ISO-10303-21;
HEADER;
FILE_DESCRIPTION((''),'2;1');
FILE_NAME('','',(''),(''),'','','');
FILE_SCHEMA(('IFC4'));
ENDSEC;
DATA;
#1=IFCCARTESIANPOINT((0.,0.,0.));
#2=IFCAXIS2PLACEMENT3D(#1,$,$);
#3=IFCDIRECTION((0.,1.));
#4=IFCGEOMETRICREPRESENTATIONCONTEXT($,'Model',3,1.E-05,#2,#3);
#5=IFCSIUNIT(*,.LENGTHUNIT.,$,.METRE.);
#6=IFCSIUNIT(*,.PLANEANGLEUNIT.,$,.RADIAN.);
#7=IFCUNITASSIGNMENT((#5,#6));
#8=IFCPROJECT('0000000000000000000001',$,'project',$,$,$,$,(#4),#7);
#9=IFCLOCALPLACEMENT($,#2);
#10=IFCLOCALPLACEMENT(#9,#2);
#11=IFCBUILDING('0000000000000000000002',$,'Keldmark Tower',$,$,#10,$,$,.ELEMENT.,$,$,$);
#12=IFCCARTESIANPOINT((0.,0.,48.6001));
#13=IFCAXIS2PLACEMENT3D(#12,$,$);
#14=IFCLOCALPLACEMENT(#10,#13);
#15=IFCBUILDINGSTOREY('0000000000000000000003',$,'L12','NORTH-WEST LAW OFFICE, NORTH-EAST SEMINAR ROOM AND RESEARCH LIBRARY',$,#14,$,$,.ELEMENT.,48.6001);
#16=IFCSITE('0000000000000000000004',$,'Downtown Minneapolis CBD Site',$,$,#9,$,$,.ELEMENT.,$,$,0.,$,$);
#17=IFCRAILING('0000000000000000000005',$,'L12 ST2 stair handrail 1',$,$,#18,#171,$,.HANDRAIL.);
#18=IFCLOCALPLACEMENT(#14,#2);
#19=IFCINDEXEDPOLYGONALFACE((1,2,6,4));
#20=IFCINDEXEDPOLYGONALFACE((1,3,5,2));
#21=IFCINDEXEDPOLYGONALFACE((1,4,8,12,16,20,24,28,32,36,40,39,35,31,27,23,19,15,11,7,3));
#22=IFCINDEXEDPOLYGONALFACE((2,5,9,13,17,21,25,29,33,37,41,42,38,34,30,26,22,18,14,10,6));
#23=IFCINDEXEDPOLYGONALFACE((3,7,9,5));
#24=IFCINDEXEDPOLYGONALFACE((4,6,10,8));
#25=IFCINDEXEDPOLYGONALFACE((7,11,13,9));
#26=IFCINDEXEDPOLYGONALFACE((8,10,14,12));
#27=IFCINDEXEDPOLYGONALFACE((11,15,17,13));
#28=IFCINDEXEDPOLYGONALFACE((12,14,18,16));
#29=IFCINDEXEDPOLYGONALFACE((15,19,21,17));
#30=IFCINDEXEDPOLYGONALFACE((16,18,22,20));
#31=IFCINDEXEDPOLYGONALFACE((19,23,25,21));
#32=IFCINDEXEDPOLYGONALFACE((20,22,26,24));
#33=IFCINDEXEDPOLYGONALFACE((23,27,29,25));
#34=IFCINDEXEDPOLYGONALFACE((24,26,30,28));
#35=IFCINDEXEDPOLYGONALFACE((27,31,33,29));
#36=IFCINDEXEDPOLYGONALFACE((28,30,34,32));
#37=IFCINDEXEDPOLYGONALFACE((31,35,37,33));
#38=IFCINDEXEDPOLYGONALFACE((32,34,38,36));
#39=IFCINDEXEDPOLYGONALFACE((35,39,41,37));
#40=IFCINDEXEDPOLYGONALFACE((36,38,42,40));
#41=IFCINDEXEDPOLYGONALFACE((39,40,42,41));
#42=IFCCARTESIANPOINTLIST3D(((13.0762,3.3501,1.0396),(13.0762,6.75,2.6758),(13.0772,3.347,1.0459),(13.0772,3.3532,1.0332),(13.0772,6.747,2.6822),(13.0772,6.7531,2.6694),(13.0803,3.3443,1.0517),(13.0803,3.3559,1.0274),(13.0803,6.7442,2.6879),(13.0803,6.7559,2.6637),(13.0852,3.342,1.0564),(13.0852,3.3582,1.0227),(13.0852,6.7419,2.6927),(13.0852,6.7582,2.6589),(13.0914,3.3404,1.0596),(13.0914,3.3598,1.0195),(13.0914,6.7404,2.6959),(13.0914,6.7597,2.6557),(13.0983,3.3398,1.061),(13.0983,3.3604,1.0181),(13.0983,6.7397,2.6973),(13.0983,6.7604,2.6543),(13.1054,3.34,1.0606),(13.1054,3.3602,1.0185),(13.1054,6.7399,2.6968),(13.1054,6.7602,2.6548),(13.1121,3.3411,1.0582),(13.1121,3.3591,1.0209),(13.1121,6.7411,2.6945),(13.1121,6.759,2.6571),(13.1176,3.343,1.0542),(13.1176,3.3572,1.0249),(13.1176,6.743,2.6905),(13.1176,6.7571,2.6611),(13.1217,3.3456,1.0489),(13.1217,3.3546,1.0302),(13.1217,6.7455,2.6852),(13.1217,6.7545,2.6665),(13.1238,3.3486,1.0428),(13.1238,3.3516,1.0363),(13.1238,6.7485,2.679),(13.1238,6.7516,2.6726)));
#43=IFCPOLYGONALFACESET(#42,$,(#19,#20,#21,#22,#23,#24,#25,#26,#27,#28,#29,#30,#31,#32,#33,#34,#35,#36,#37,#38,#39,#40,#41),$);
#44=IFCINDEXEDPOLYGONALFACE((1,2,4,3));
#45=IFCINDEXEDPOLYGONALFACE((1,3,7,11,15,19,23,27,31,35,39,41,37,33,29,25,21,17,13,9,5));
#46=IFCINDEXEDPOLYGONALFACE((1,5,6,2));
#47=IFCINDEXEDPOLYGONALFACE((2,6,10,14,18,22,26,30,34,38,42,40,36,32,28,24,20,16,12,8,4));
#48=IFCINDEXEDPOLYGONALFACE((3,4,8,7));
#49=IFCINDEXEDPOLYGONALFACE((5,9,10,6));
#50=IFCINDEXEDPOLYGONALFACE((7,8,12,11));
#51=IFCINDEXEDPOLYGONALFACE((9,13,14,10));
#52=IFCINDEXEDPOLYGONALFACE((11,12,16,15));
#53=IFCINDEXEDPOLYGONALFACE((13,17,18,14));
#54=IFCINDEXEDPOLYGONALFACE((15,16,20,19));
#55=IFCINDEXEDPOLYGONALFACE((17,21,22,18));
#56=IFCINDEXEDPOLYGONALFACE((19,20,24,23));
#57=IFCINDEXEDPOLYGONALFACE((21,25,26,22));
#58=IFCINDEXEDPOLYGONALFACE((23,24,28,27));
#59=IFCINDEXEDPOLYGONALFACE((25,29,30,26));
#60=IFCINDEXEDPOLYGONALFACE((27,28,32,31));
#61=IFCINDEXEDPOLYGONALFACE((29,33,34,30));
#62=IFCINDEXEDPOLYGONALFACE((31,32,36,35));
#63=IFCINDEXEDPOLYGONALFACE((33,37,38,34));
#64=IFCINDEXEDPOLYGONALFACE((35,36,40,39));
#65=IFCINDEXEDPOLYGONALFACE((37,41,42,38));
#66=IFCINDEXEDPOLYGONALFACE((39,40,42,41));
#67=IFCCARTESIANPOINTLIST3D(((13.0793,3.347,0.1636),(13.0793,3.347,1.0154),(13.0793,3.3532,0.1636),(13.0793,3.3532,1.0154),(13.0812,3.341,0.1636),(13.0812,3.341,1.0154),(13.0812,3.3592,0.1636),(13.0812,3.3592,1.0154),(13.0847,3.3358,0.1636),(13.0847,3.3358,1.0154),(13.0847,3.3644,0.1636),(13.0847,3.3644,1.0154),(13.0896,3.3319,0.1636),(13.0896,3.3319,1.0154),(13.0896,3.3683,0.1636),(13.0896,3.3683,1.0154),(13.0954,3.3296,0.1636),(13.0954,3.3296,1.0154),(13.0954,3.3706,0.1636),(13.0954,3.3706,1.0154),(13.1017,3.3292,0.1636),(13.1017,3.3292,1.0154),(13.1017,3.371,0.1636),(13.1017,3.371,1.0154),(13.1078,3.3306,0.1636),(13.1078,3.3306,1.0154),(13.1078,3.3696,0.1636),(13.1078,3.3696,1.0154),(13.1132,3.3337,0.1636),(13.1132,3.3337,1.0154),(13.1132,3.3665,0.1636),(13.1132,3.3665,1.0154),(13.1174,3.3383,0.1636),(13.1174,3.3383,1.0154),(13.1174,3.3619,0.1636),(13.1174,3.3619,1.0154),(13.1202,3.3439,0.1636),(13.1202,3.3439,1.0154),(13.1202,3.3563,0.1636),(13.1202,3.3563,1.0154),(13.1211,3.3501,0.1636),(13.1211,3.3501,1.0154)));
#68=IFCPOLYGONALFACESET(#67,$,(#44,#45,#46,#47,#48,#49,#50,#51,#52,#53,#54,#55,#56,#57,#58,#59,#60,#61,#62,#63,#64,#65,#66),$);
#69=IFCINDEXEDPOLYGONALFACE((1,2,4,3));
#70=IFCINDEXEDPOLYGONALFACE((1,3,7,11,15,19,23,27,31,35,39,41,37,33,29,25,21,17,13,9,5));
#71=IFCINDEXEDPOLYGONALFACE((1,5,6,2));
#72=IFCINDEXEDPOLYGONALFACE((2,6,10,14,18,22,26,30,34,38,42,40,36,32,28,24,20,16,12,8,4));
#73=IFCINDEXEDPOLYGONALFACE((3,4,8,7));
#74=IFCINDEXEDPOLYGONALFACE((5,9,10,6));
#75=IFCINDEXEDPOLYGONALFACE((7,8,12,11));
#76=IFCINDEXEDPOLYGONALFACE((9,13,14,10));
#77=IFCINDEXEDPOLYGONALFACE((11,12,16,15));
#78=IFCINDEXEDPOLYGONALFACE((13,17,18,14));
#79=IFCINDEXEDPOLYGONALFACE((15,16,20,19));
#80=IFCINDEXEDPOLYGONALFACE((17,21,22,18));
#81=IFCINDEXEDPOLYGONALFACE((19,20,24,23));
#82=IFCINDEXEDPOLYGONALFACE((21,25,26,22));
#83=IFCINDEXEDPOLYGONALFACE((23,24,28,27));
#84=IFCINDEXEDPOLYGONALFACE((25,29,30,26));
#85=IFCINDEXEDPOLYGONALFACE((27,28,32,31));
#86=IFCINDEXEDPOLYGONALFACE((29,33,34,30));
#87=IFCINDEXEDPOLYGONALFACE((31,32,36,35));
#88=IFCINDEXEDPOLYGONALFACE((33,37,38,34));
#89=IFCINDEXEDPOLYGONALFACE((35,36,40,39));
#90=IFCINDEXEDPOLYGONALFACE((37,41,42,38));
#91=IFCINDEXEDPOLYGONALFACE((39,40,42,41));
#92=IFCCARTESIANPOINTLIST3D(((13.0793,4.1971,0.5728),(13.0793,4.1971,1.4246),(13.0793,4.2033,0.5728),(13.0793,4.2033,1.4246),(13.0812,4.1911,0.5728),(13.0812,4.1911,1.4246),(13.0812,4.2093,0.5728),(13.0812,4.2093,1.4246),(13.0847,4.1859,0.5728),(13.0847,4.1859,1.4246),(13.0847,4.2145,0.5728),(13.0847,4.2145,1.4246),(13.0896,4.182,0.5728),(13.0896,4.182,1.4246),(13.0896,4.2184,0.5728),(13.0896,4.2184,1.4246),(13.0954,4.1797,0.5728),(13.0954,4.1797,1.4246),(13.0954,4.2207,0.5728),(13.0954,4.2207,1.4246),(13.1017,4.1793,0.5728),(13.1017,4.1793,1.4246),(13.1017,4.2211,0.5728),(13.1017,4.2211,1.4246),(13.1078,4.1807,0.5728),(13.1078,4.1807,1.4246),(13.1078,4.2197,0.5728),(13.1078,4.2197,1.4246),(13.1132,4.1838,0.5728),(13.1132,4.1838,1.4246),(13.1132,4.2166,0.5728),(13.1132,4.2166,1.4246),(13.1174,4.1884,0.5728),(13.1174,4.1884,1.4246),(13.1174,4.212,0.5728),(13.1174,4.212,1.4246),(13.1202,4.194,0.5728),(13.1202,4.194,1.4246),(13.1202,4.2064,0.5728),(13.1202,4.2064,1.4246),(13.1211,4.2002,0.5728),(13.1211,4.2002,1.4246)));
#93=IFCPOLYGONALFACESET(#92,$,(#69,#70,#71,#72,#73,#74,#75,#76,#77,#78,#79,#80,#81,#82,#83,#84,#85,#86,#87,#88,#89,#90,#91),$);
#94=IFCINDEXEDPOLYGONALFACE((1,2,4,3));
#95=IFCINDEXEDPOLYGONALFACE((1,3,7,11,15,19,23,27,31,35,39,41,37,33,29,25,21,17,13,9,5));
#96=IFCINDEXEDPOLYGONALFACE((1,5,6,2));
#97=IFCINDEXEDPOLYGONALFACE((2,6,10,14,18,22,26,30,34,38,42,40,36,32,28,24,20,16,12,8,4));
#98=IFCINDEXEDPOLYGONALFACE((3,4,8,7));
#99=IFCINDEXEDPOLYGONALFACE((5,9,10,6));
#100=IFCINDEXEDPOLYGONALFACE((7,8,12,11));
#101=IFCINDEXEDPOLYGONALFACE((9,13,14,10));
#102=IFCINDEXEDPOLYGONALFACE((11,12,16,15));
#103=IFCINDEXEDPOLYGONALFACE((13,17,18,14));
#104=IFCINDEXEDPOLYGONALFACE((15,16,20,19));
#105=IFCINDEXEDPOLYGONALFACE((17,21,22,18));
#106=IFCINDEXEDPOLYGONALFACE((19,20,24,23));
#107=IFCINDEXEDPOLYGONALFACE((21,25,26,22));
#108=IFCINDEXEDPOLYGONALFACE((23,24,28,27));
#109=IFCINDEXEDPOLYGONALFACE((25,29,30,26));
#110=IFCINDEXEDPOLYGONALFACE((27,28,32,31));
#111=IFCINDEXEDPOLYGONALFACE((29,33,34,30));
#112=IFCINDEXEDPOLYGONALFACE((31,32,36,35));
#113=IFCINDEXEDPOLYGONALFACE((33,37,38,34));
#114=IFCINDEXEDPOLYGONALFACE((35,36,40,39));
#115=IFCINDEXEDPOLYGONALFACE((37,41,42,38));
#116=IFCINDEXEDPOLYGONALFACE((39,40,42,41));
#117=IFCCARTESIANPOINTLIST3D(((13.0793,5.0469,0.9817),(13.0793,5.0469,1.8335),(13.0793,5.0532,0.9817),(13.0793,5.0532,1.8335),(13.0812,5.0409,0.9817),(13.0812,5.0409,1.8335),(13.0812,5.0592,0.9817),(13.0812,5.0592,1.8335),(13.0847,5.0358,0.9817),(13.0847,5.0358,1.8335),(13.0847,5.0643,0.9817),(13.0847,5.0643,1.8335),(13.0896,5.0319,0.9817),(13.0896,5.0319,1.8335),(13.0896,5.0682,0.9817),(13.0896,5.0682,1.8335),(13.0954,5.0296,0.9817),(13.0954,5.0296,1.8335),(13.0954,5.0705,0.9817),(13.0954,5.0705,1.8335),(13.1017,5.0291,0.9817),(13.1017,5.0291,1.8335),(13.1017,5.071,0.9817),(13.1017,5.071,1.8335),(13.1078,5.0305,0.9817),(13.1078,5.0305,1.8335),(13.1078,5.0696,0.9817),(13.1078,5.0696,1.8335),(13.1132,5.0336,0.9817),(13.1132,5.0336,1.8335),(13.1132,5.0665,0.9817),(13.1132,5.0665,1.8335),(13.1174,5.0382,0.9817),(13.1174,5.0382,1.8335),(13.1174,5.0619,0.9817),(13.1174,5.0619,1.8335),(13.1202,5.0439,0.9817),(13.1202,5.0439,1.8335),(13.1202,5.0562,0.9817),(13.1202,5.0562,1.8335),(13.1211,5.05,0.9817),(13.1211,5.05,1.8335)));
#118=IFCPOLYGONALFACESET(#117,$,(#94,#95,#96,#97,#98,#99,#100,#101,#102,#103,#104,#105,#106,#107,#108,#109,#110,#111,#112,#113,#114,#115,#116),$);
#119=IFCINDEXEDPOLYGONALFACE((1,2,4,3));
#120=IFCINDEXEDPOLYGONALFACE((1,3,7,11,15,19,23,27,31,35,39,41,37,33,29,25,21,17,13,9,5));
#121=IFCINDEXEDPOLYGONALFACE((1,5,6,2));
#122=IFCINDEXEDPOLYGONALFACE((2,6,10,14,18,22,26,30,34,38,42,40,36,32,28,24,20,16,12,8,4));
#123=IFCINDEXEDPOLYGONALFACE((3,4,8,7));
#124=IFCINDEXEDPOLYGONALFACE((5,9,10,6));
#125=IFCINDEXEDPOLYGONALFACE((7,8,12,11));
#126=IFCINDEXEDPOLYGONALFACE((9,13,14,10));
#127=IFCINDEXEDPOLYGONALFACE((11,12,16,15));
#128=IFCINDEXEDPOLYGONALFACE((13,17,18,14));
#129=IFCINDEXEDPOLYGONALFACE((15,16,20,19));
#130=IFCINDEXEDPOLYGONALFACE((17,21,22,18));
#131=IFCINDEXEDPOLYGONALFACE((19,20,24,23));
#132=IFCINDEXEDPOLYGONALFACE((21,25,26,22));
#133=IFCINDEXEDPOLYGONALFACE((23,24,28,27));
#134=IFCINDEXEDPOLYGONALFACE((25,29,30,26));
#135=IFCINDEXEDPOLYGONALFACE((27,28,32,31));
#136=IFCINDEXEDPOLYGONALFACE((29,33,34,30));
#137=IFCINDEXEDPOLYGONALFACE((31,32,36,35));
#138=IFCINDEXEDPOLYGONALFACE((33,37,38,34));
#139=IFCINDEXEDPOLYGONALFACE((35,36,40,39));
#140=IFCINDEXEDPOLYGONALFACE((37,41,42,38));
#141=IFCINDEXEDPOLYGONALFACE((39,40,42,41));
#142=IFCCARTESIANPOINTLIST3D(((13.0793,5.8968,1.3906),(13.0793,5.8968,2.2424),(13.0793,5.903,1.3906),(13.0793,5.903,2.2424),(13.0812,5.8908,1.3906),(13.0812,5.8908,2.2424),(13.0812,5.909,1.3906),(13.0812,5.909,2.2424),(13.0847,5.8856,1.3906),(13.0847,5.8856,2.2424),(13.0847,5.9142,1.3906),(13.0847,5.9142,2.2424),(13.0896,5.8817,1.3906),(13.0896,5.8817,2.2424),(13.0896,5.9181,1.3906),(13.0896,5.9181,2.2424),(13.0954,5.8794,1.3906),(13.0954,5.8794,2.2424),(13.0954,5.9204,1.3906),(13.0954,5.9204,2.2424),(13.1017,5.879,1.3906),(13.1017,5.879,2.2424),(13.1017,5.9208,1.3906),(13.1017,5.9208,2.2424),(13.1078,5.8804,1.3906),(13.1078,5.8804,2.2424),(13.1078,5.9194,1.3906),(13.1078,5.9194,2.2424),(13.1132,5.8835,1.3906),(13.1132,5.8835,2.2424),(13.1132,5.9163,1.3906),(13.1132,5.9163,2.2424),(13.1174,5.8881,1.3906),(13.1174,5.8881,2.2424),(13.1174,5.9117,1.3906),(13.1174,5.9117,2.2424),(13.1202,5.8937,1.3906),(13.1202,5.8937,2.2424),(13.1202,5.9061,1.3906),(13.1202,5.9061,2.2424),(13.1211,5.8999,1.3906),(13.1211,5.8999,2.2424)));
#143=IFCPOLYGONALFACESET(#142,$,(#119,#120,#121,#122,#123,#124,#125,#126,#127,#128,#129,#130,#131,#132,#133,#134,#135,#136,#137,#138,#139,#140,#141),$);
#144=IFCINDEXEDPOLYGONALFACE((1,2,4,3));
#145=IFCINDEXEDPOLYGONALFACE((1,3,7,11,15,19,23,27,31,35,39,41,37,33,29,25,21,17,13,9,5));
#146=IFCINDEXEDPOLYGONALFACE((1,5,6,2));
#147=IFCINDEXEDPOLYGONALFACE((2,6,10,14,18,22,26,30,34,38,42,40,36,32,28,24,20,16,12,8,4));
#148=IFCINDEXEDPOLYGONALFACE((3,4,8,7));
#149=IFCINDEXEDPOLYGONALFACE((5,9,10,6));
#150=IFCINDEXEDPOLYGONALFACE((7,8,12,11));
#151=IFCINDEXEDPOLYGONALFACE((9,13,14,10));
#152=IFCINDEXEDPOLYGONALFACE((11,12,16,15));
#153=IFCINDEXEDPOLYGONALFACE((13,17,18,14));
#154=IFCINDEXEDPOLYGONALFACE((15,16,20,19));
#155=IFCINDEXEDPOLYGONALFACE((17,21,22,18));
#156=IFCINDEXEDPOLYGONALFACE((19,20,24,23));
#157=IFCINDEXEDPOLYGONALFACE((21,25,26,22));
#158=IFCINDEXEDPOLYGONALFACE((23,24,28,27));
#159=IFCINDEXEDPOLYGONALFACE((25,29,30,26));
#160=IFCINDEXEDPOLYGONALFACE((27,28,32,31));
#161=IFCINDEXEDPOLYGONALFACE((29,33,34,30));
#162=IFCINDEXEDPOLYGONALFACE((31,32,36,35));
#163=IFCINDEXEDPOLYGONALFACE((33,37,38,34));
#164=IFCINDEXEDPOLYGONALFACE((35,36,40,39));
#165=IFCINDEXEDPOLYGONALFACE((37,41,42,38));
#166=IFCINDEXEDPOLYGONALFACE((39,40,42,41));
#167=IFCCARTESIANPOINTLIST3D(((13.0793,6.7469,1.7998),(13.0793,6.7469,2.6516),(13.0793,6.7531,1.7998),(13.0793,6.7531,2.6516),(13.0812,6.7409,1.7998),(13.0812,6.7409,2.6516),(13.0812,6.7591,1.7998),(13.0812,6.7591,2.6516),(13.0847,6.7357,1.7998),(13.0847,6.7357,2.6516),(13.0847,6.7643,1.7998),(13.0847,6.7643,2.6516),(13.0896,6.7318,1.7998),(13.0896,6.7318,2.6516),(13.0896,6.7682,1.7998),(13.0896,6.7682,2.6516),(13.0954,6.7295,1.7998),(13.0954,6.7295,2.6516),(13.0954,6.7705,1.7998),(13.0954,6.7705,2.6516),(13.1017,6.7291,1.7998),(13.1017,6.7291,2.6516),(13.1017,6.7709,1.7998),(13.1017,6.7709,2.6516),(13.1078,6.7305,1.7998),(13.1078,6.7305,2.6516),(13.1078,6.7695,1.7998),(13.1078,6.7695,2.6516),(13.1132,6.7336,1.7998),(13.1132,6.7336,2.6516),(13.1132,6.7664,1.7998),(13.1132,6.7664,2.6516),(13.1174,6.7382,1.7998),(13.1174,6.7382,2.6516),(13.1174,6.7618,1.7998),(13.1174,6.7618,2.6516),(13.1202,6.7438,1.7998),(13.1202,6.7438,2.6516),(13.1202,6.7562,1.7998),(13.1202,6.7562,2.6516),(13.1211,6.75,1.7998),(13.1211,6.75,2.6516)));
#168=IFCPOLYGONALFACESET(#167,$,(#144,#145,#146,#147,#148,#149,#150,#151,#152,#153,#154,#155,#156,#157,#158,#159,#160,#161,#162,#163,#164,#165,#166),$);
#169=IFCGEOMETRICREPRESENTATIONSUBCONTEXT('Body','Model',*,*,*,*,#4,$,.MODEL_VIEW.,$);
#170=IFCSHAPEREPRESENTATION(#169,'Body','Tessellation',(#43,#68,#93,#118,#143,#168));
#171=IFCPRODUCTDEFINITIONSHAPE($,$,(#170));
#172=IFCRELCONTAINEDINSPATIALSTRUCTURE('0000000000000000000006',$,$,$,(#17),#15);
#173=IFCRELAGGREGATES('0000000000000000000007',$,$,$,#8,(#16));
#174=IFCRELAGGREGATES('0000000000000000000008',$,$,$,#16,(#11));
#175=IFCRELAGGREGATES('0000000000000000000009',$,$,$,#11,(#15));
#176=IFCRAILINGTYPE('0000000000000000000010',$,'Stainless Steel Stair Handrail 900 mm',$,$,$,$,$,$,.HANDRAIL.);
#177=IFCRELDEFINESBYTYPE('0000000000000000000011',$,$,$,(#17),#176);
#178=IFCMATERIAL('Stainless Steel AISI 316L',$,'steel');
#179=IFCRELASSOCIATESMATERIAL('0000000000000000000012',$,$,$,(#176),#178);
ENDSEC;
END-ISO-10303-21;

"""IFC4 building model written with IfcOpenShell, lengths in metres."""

from ifc_helpers import new_model, si_unit, direction, frame, origin, origin_2d, place, context, subcontext, project, spatial, circle, extrude, material, type_object, element, save


model = new_model("IFC4")

# Units and contexts
model_context = context("Model", 3, precision=1e-05, world=origin(), true_north=direction((0.0, 1.0)))
body_context = subcontext(model_context, "Body", "Model", "MODEL_VIEW")
ifc_project = project(units=[si_unit("LENGTHUNIT", "METRE"), si_unit("PLANEANGLEUNIT", "RADIAN")], contexts=[model_context])

# Site, building, storey
site_placement = place(None, origin())
site = spatial("IfcSite", under=ifc_project, at=site_placement, Name="Downtown Minneapolis CBD Site", CompositionType="ELEMENT", RefElevation=0.0)
building_placement = place(site_placement, origin())
building = spatial("IfcBuilding", under=site, at=building_placement, Name="Keldmark Tower", CompositionType="ELEMENT")
storey_placement = place(building_placement, frame((0.0, 0.0, 48.6001)))
storey = spatial("IfcBuildingStorey", under=building, at=storey_placement, Name="L12", Description="NORTH-WEST LAW OFFICE, NORTH-EAST SEMINAR ROOM AND RESEARCH LIBRARY", CompositionType="ELEMENT", Elevation=48.6001)

# Railing
ifc_material_1 = material(Name="Stainless Steel AISI 316L", Category="steel")
railing_type_1 = type_object("IfcRailingType", Name="Stainless Steel Stair Handrail 900 mm", PredefinedType="HANDRAIL", material=ifc_material_1)
railing_1_placement = place(storey_placement, frame((13.1001, 3.3501, 0.1636)))
element("IfcRailing", 1, at=railing_1_placement, inside=storey, type_object=railing_type_1, Name="L12 ST2 stair handrail 1", PredefinedType="HANDRAIL", context=body_context, shape_type="SweptSolid", body=[
    extrude(circle(Radius=0.0239, at=origin_2d()), frame((0.0, 0.0, 0.876), z_axis=(0.0, 0.90108, 0.433652), x_axis=(-1.0, 0.0, 0.0)), (0.0, 0.0, 1.0), 3.7732),
    extrude(circle(Radius=0.021, at=origin_2d()), origin(), (0.0, 0.0, 1.0), 0.8518),
    extrude(circle(Radius=0.021, at=origin_2d()), frame((0.0, 0.8501, 0.4092)), (0.0, 0.0, 1.0), 0.8518),
    extrude(circle(Radius=0.021, at=origin_2d()), frame((0.0, 1.7, 0.8181)), (0.0, 0.0, 1.0), 0.8518),
    extrude(circle(Radius=0.021, at=origin_2d()), frame((0.0, 2.5498, 1.2271)), (0.0, 0.0, 1.0), 0.8518),
    extrude(circle(Radius=0.021, at=origin_2d()), frame((0.0, 3.3999, 1.6362)), (0.0, 0.0, 1.0), 0.8518),
])

save(model, "model.ifc")
